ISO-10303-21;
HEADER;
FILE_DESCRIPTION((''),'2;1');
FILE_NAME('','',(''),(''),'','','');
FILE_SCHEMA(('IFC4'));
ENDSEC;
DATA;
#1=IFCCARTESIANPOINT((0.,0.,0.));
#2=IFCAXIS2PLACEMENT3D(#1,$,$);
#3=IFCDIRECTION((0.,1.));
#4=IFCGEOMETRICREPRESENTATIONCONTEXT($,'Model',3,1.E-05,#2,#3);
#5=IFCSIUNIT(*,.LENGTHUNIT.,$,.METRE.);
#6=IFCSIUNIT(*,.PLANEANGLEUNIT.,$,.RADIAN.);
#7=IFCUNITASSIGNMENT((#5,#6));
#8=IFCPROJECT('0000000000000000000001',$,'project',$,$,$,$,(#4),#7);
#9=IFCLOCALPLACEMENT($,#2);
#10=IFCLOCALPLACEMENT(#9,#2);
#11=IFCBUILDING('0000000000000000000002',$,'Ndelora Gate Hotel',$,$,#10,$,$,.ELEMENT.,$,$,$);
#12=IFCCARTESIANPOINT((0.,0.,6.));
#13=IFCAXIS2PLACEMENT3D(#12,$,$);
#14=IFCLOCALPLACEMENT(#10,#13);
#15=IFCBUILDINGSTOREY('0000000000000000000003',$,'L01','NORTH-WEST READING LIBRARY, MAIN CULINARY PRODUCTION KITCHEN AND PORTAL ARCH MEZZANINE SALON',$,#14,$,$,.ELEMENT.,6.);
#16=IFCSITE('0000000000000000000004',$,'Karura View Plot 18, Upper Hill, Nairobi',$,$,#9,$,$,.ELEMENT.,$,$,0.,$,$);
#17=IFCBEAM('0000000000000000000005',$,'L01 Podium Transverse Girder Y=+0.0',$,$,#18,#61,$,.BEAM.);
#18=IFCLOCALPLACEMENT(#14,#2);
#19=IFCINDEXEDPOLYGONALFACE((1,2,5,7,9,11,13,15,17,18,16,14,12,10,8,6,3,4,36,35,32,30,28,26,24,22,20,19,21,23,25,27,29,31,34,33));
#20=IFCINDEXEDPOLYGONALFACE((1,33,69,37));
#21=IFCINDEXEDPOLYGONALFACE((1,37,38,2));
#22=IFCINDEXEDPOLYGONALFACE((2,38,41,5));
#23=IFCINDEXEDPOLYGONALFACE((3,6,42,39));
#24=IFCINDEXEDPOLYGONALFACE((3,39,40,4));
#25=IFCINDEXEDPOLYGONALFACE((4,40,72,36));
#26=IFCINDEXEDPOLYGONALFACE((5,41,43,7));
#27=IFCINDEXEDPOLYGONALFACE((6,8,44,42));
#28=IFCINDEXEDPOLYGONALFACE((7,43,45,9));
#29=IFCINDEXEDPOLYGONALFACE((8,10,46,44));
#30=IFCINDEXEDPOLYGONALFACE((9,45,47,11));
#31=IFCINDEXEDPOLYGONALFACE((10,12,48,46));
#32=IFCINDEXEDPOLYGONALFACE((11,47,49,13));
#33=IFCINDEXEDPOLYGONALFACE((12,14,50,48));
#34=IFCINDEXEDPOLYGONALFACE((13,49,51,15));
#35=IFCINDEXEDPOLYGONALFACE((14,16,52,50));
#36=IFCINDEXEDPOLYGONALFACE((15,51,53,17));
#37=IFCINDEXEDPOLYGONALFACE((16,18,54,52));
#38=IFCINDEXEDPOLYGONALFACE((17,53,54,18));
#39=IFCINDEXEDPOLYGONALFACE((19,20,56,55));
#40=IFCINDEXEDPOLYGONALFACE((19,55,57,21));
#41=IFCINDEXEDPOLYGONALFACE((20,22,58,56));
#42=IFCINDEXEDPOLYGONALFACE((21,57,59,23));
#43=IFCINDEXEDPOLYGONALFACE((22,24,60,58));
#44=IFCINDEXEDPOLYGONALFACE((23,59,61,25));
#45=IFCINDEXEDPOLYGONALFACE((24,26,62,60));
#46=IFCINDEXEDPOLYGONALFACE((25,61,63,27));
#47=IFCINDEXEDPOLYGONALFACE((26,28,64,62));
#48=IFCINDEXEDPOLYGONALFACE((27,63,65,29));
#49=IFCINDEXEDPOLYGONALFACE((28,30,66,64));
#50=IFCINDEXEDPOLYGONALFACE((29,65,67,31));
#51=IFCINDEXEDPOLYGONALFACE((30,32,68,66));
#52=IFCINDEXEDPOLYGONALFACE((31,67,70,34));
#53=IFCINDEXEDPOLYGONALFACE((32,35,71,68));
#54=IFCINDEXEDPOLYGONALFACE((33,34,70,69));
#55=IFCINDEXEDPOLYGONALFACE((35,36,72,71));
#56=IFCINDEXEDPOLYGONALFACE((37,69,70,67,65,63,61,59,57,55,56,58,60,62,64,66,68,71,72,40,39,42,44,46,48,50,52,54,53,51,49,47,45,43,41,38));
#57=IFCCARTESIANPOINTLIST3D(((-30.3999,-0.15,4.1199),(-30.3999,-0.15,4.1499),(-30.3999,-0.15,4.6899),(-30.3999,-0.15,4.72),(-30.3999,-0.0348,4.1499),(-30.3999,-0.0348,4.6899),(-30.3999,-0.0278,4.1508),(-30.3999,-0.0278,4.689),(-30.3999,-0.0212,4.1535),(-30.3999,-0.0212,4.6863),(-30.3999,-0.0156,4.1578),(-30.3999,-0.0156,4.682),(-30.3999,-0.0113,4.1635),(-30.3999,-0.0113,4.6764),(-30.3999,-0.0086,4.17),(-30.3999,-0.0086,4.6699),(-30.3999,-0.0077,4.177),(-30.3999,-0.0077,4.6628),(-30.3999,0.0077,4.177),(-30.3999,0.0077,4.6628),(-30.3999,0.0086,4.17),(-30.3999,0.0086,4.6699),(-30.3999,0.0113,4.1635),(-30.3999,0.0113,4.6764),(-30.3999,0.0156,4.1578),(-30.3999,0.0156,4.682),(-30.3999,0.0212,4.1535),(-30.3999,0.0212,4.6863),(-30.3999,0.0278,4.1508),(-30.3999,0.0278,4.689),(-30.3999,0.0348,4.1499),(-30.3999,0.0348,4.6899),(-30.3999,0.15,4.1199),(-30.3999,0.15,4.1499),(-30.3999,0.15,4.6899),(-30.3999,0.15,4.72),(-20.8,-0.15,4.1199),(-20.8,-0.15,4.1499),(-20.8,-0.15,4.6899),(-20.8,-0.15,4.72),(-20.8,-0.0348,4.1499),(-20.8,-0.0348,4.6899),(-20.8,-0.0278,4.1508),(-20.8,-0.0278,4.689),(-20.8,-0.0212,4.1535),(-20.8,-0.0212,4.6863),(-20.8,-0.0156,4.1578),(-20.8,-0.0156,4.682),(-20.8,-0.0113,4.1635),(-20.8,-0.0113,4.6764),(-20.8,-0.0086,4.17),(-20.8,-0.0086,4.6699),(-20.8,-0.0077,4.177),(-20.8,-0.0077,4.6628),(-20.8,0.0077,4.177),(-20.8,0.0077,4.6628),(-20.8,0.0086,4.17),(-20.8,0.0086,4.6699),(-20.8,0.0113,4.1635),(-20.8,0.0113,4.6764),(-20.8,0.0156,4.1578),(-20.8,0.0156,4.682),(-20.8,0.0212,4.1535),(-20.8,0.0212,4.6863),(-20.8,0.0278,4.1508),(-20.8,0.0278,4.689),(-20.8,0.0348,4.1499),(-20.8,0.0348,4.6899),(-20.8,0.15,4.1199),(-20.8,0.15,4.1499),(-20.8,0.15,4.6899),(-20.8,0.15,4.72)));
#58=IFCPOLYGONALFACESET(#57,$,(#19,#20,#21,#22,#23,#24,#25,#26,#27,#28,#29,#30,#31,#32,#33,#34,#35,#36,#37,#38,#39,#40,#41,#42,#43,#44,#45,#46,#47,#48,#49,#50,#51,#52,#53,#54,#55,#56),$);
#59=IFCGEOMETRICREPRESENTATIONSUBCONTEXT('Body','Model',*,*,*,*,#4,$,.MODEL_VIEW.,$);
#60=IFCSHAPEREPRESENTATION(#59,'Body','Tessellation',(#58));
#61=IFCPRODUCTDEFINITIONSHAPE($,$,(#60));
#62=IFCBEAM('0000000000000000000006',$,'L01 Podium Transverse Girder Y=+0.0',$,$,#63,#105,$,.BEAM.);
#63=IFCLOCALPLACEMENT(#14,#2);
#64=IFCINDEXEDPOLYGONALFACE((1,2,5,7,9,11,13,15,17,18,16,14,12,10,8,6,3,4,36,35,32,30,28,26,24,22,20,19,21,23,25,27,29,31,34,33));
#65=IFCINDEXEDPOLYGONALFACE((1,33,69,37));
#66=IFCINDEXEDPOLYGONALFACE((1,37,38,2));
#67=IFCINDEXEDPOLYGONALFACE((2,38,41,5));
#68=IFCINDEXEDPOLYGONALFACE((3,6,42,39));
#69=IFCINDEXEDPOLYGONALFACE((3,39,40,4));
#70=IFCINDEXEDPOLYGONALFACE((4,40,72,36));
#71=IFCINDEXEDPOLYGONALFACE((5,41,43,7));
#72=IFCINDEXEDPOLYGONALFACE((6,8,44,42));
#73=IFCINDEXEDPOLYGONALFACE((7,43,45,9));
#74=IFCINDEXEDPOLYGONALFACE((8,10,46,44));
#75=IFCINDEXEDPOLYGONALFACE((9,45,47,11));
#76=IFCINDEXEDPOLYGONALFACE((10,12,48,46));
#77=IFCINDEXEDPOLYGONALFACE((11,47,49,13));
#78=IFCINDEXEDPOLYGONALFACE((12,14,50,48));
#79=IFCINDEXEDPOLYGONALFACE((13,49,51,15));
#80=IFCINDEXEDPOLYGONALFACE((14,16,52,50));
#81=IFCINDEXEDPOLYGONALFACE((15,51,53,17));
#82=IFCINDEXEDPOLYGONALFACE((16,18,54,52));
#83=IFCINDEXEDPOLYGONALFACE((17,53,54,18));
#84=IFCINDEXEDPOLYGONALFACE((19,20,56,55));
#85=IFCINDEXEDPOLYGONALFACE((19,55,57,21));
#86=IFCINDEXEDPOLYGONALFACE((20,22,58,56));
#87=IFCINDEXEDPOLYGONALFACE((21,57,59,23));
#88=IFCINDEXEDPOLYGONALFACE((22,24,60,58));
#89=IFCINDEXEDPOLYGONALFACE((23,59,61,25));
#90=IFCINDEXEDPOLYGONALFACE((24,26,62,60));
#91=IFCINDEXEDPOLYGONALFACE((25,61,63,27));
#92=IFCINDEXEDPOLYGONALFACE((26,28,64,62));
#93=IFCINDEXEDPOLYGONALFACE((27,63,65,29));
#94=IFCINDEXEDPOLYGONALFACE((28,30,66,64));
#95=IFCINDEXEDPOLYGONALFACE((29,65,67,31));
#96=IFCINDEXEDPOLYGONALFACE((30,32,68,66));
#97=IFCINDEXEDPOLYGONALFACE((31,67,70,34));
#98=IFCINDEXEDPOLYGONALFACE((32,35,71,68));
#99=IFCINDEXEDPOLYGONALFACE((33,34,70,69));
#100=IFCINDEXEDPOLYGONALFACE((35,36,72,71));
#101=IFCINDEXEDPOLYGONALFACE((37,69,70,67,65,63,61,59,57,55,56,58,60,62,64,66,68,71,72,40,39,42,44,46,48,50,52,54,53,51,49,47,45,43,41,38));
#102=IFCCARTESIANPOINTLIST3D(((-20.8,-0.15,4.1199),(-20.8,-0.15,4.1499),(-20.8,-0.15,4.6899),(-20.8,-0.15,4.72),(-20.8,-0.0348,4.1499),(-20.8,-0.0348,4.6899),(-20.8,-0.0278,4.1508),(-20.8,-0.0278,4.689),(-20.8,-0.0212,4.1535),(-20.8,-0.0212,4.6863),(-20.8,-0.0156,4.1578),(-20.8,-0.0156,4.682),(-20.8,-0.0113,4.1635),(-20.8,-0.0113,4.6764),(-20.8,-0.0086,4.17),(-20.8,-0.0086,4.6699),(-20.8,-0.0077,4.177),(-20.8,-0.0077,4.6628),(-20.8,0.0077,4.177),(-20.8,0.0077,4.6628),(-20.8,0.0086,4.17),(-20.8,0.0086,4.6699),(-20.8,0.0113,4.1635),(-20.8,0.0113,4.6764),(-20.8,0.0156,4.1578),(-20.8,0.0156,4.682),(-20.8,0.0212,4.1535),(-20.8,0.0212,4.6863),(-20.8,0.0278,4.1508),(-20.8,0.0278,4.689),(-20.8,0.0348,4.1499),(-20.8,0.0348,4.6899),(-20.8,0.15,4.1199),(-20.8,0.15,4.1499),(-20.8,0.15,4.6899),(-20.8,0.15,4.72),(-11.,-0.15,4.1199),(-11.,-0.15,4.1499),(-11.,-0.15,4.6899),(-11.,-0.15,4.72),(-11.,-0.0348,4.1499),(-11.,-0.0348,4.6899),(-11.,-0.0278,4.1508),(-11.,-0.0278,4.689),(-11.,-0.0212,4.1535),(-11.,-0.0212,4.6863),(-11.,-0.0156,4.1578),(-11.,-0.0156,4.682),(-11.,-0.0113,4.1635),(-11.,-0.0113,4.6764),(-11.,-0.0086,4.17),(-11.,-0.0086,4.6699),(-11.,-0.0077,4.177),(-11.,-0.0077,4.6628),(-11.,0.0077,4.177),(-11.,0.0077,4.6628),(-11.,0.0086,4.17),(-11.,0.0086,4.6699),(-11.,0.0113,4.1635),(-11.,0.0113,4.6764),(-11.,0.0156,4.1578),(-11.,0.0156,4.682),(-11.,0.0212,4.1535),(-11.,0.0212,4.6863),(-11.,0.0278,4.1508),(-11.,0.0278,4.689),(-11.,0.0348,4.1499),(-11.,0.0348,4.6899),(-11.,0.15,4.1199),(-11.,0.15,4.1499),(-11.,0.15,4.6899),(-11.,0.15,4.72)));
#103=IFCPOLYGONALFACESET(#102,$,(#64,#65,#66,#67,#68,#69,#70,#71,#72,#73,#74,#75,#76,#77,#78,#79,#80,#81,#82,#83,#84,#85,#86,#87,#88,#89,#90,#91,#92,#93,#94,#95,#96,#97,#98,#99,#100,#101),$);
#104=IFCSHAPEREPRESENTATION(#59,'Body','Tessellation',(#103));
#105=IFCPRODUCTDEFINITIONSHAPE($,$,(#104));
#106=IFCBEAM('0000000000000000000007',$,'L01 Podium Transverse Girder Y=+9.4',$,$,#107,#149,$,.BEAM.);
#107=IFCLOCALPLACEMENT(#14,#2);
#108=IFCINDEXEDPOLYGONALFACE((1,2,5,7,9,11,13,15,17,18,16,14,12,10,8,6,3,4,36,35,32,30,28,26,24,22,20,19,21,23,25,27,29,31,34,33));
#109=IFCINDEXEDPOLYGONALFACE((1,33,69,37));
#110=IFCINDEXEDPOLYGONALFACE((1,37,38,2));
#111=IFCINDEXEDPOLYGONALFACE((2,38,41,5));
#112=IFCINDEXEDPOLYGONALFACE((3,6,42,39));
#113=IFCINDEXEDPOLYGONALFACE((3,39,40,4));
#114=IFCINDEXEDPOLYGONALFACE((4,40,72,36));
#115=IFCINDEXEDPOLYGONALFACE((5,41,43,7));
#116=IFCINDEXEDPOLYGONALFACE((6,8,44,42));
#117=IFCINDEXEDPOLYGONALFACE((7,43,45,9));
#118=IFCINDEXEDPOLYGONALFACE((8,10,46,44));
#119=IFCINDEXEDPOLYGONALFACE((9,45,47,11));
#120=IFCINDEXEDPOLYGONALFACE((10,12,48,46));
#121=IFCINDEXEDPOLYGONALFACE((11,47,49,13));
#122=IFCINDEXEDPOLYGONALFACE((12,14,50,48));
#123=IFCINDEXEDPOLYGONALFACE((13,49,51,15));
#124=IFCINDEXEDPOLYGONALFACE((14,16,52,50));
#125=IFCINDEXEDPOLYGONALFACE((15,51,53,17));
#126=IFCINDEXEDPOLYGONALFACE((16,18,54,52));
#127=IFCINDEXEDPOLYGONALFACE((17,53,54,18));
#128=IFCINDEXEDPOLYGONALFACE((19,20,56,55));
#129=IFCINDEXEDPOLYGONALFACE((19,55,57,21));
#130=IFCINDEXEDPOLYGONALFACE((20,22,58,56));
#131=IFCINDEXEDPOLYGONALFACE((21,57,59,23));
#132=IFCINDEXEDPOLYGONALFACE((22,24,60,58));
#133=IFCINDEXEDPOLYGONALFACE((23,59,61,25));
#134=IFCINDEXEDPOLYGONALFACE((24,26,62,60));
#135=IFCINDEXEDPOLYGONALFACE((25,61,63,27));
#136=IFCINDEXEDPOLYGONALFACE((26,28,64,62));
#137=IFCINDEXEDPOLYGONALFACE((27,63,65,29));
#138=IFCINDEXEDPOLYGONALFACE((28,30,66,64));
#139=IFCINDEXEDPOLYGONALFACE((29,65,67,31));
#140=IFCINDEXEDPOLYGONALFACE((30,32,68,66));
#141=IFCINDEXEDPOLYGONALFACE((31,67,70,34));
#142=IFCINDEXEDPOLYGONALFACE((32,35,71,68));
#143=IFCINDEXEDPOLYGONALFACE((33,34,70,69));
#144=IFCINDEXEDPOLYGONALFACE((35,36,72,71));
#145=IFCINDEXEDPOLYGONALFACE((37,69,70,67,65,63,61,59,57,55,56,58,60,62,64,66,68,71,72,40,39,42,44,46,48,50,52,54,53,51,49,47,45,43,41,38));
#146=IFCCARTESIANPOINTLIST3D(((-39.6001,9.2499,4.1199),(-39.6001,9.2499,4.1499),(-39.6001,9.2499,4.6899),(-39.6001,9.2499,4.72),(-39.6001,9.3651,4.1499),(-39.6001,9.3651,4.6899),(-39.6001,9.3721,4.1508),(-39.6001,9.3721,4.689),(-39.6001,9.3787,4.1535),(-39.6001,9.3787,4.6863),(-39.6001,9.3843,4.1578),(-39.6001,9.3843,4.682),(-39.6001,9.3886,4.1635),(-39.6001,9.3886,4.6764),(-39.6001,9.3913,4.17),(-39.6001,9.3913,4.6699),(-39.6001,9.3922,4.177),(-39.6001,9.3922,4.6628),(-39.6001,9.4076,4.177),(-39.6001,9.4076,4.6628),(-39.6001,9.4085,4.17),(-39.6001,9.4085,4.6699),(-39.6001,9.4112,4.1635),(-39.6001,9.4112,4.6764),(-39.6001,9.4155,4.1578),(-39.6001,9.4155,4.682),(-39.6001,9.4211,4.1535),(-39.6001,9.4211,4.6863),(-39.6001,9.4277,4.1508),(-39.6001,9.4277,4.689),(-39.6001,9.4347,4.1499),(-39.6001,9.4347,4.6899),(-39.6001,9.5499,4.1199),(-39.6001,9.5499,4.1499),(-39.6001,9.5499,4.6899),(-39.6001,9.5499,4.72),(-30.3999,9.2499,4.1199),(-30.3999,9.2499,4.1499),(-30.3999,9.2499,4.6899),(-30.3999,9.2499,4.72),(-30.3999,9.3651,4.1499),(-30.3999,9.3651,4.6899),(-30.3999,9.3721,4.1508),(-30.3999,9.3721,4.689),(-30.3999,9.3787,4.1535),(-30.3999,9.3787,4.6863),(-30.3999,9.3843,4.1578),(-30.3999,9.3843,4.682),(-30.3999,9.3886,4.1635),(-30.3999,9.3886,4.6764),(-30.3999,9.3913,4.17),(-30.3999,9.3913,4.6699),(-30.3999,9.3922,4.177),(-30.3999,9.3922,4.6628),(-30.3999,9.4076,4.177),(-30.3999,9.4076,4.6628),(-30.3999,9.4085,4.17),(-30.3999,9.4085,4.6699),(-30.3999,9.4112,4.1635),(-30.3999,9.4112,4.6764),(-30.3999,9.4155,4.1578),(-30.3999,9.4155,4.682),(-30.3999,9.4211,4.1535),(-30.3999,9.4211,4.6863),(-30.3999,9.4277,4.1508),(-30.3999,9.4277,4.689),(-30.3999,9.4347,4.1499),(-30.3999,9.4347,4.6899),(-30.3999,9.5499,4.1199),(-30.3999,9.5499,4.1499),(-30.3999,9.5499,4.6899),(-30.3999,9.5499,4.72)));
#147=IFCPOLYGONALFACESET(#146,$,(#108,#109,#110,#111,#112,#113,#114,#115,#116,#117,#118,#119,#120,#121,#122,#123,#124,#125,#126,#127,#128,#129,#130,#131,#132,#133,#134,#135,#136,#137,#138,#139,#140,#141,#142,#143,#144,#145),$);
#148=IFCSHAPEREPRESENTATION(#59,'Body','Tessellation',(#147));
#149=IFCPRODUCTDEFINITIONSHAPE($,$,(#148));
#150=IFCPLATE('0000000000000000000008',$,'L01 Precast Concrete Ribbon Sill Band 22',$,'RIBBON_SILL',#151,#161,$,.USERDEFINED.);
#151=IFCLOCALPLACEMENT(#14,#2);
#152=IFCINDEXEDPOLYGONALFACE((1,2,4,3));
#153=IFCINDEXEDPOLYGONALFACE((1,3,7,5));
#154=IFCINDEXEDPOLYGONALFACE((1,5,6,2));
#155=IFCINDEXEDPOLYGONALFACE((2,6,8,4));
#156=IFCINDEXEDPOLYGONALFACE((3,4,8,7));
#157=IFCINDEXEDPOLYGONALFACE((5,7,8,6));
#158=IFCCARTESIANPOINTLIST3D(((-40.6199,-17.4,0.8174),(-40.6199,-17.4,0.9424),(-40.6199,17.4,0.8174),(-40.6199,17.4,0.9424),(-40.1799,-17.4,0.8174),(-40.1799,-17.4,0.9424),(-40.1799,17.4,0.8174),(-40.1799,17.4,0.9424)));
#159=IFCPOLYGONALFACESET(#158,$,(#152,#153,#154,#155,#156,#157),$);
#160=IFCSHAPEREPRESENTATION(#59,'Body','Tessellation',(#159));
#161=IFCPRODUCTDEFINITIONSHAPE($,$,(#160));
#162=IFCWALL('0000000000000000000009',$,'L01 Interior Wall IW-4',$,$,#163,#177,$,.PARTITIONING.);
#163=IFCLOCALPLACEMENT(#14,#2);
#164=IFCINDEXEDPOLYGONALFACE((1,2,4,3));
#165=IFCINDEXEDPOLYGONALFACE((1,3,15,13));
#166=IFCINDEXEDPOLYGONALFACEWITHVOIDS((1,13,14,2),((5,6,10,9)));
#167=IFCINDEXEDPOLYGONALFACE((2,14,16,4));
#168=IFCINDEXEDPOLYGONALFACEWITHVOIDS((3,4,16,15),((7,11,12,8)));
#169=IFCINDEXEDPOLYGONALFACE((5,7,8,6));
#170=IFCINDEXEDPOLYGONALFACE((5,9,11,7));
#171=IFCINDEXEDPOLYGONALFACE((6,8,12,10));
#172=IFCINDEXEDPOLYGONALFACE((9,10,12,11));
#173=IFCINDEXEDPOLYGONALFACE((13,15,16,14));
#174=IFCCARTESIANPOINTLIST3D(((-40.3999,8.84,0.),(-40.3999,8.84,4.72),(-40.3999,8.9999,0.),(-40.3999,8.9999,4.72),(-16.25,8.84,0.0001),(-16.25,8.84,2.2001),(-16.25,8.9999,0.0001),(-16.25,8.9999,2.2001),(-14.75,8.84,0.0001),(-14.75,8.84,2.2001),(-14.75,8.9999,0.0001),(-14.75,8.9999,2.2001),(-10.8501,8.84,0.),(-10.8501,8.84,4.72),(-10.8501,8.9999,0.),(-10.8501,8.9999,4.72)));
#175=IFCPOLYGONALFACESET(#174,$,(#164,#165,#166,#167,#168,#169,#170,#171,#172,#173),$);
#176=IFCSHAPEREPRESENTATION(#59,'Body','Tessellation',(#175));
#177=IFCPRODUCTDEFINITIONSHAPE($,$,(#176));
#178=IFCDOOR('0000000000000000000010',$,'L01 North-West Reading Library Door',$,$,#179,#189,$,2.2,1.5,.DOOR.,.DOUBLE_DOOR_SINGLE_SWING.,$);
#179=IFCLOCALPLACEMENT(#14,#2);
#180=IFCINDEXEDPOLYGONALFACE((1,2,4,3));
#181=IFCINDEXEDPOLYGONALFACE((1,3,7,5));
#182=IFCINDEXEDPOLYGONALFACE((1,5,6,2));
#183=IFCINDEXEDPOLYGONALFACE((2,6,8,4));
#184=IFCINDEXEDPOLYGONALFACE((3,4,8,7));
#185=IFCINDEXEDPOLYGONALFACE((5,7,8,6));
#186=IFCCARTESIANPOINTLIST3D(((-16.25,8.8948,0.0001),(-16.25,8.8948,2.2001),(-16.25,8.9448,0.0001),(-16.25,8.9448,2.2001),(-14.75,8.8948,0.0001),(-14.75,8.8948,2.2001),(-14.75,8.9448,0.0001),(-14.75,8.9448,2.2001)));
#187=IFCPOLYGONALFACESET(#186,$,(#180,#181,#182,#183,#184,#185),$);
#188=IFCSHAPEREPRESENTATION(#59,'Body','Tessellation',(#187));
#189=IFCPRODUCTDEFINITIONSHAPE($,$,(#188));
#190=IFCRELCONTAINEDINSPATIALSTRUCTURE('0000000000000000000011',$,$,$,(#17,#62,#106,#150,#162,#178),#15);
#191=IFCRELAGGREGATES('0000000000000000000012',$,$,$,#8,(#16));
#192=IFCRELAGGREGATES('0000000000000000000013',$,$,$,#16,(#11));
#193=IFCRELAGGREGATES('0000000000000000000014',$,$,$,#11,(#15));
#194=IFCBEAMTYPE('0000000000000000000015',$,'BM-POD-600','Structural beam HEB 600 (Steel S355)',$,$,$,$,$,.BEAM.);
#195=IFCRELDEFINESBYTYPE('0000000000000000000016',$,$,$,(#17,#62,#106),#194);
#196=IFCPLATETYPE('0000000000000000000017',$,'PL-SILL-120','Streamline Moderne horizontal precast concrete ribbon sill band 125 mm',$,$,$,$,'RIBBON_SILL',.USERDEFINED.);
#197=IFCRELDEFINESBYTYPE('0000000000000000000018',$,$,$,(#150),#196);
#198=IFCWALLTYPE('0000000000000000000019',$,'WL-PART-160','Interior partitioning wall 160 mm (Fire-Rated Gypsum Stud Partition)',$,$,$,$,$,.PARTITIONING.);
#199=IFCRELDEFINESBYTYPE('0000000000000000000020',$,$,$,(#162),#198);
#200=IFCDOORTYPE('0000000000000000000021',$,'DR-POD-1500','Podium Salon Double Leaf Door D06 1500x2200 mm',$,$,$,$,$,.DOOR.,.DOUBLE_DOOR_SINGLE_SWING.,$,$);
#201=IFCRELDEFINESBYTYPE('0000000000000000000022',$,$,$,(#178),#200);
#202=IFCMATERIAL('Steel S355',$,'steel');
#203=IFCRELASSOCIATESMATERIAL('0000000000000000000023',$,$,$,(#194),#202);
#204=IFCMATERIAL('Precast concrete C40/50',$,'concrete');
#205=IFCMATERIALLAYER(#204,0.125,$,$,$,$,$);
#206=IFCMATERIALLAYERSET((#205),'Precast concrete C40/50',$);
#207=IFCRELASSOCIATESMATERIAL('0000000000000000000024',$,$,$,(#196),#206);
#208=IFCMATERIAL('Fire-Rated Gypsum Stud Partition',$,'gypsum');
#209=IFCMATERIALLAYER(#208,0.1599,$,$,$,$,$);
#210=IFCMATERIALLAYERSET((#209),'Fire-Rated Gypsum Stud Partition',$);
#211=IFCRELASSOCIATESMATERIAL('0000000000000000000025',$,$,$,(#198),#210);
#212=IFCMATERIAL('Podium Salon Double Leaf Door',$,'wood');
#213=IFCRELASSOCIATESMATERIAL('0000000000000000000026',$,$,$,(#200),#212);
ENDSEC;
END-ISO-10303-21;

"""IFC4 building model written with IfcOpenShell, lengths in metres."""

from ifc_helpers import new_model, si_unit, direction, frame, frame_2d, origin, origin_2d, place, context, subcontext, project, spatial, rectangle, i_section, extrude, material, layer, layer_set, material_profile, profile_set, type_object, element, fill, save


model = new_model("IFC4")

# Units and contexts
model_context = context("Model", 3, precision=1e-05, world=origin(), true_north=direction((0.0, 1.0)))
body_context = subcontext(model_context, "Body", "Model", "MODEL_VIEW")
ifc_project = project(units=[si_unit("LENGTHUNIT", "METRE"), si_unit("PLANEANGLEUNIT", "RADIAN")], contexts=[model_context])

# Site, building, storey
site_placement = place(None, origin())
site = spatial("IfcSite", under=ifc_project, at=site_placement, Name="Karura View Plot 18, Upper Hill, Nairobi", CompositionType="ELEMENT", RefElevation=0.0)
building_placement = place(site_placement, origin())
building = spatial("IfcBuilding", under=site, at=building_placement, Name="Ndelora Gate Hotel", CompositionType="ELEMENT")
storey_placement = place(building_placement, frame((0.0, 0.0, 6.0)))
storey = spatial("IfcBuildingStorey", under=building, at=storey_placement, Name="L01", Description="NORTH-WEST READING LIBRARY, MAIN CULINARY PRODUCTION KITCHEN AND PORTAL ARCH MEZZANINE SALON", CompositionType="ELEMENT", Elevation=6.0)

# Beams
ifc_material_1 = material(Name="Steel S355", Category="steel")
ifc_material_profile_1 = material_profile(ifc_material_1, i_section(OverallWidth=0.3, OverallDepth=0.6001, WebThickness=0.0154, FlangeThickness=0.03, FilletRadius=0.0271, at=origin_2d()), Name="HEB 600")
ifc_profile_set_1 = profile_set([ifc_material_profile_1], Name="Steel S355")
beam_type_1 = type_object("IfcBeamType", Name="BM-POD-600", Description="Structural beam HEB 600 (Steel S355)", PredefinedType="BEAM", material=ifc_profile_set_1)
beam_1_placement = place(storey_placement, frame((-30.3999, 0.0, 4.4199), z_axis=(1.0, 0.0, 0.0), x_axis=(0.0, 1.0, 0.0)))
element("IfcBeam", 1, at=beam_1_placement, inside=storey, type_object=beam_type_1, Name="L01 Podium Transverse Girder Y=+0.0", PredefinedType="BEAM", context=body_context, shape_type="SweptSolid", body=[
    extrude(i_section(OverallWidth=0.3, OverallDepth=0.6001, WebThickness=0.0154, FlangeThickness=0.03, FilletRadius=0.0271, at=origin_2d()), origin(), (0.0, 0.0, 1.0), 9.5999),
])
beam_2_placement = place(storey_placement, frame((-20.8, 0.0, 4.4199), z_axis=(1.0, 0.0, 0.0), x_axis=(0.0, 1.0, 0.0)))
element("IfcBeam", 2, at=beam_2_placement, inside=storey, type_object=beam_type_1, Name="L01 Podium Transverse Girder Y=+0.0", PredefinedType="BEAM", context=body_context, shape_type="SweptSolid", body=[
    extrude(i_section(OverallWidth=0.3, OverallDepth=0.6001, WebThickness=0.0154, FlangeThickness=0.03, FilletRadius=0.0271, at=origin_2d()), origin(), (0.0, 0.0, 1.0), 9.8),
])
beam_3_placement = place(storey_placement, frame((-39.6001, 9.3999, 4.4199), z_axis=(1.0, 0.0, 0.0), x_axis=(0.0, 1.0, 0.0)))
element("IfcBeam", 3, at=beam_3_placement, inside=storey, type_object=beam_type_1, Name="L01 Podium Transverse Girder Y=+9.4", PredefinedType="BEAM", context=body_context, shape_type="SweptSolid", body=[
    extrude(i_section(OverallWidth=0.3, OverallDepth=0.6001, WebThickness=0.0154, FlangeThickness=0.03, FilletRadius=0.0271, at=origin_2d()), origin(), (0.0, 0.0, 1.0), 9.2002),
])

# Plate
ifc_material_2 = material(Name="Precast concrete C40/50", Category="concrete")
ifc_layer_1 = layer(ifc_material_2, 0.125)
ifc_layer_set_1 = layer_set([ifc_layer_1], Name="Precast concrete C40/50")
plate_type = type_object("IfcPlateType", Name="PL-SILL-120", Description="Streamline Moderne horizontal precast concrete ribbon sill band 125 mm", ElementType="RIBBON_SILL", PredefinedType="USERDEFINED", material=ifc_layer_set_1)
plate_placement = place(storey_placement, frame((-40.3999, 0.0, 0.8174), z_axis=(0.0, 0.0, 1.0), x_axis=(0.0, 1.0, 0.0)))
element("IfcPlate", 4, at=plate_placement, inside=storey, type_object=plate_type, Name="L01 Precast Concrete Ribbon Sill Band 22", ObjectType="RIBBON_SILL", PredefinedType="USERDEFINED", context=body_context, shape_type="SweptSolid", body=[
    extrude(rectangle(XDim=34.8, YDim=0.4399, at=origin_2d()), origin(), (0.0, 0.0, 1.0), 0.125),
])

# Wall, opening, door
ifc_material_3 = material(Name="Fire-Rated Gypsum Stud Partition", Category="gypsum")
ifc_layer_2 = layer(ifc_material_3, 0.1599)
ifc_layer_set_2 = layer_set([ifc_layer_2], Name="Fire-Rated Gypsum Stud Partition")
wall_type = type_object("IfcWallType", Name="WL-PART-160", Description="Interior partitioning wall 160 mm (Fire-Rated Gypsum Stud Partition)", PredefinedType="PARTITIONING", material=ifc_layer_set_2)
wall_placement = place(storey_placement, frame((-40.3999, 8.9199, 0.0), z_axis=(0.0, 0.0, 1.0), x_axis=(1.0, 0.0, 0.0)))
wall = element("IfcWall", 5, at=wall_placement, inside=storey, type_object=wall_type, Name="L01 Interior Wall IW-4", PredefinedType="PARTITIONING", context=body_context, shape_type="SweptSolid", body=[
    extrude(rectangle(XDim=29.5498, YDim=0.1599, at=frame_2d((14.7749, 0.0))), origin(), (0.0, 0.0, 1.0), 4.72),
])
opening_placement = place(wall_placement, frame((24.1499, 0.0, 0.0)))
opening = element("IfcOpeningElement", 6, at=opening_placement, cuts=wall, PredefinedType="OPENING", context=body_context, shape_type="SweptSolid", body=[
    extrude(rectangle(XDim=1.5, YDim=2.2, at=frame_2d((0.75, 1.1001))), frame((0.0, 0.0898, 0.0), z_axis=(0.0, -1.0, 0.0), x_axis=(1.0, 0.0, 0.0)), (0.0, 0.0, 1.0), 0.1799),
])
ifc_material_4 = material(Name="Podium Salon Double Leaf Door", Category="wood")
door_type = type_object("IfcDoorType", Name="DR-POD-1500", Description="Podium Salon Double Leaf Door D06 1500x2200 mm", OperationType="DOUBLE_DOOR_SINGLE_SWING", PredefinedType="DOOR", material=ifc_material_4)
door_placement = place(opening_placement, origin())
door = element("IfcDoor", 7, at=door_placement, inside=storey, type_object=door_type, Name="L01 North-West Reading Library Door", OperationType="DOUBLE_DOOR_SINGLE_SWING", OverallHeight=2.2, OverallWidth=1.5, PredefinedType="DOOR", context=body_context, shape_type="SweptSolid", body=[
    extrude(rectangle(XDim=1.5, YDim=2.2, at=frame_2d((0.75, 1.1001))), frame((0.0, 0.0249, 0.0), z_axis=(0.0, -1.0, 0.0), x_axis=(1.0, 0.0, 0.0)), (0.0, 0.0, 1.0), 0.05),
])
fill(opening, door)

save(model, "model.ifc")
